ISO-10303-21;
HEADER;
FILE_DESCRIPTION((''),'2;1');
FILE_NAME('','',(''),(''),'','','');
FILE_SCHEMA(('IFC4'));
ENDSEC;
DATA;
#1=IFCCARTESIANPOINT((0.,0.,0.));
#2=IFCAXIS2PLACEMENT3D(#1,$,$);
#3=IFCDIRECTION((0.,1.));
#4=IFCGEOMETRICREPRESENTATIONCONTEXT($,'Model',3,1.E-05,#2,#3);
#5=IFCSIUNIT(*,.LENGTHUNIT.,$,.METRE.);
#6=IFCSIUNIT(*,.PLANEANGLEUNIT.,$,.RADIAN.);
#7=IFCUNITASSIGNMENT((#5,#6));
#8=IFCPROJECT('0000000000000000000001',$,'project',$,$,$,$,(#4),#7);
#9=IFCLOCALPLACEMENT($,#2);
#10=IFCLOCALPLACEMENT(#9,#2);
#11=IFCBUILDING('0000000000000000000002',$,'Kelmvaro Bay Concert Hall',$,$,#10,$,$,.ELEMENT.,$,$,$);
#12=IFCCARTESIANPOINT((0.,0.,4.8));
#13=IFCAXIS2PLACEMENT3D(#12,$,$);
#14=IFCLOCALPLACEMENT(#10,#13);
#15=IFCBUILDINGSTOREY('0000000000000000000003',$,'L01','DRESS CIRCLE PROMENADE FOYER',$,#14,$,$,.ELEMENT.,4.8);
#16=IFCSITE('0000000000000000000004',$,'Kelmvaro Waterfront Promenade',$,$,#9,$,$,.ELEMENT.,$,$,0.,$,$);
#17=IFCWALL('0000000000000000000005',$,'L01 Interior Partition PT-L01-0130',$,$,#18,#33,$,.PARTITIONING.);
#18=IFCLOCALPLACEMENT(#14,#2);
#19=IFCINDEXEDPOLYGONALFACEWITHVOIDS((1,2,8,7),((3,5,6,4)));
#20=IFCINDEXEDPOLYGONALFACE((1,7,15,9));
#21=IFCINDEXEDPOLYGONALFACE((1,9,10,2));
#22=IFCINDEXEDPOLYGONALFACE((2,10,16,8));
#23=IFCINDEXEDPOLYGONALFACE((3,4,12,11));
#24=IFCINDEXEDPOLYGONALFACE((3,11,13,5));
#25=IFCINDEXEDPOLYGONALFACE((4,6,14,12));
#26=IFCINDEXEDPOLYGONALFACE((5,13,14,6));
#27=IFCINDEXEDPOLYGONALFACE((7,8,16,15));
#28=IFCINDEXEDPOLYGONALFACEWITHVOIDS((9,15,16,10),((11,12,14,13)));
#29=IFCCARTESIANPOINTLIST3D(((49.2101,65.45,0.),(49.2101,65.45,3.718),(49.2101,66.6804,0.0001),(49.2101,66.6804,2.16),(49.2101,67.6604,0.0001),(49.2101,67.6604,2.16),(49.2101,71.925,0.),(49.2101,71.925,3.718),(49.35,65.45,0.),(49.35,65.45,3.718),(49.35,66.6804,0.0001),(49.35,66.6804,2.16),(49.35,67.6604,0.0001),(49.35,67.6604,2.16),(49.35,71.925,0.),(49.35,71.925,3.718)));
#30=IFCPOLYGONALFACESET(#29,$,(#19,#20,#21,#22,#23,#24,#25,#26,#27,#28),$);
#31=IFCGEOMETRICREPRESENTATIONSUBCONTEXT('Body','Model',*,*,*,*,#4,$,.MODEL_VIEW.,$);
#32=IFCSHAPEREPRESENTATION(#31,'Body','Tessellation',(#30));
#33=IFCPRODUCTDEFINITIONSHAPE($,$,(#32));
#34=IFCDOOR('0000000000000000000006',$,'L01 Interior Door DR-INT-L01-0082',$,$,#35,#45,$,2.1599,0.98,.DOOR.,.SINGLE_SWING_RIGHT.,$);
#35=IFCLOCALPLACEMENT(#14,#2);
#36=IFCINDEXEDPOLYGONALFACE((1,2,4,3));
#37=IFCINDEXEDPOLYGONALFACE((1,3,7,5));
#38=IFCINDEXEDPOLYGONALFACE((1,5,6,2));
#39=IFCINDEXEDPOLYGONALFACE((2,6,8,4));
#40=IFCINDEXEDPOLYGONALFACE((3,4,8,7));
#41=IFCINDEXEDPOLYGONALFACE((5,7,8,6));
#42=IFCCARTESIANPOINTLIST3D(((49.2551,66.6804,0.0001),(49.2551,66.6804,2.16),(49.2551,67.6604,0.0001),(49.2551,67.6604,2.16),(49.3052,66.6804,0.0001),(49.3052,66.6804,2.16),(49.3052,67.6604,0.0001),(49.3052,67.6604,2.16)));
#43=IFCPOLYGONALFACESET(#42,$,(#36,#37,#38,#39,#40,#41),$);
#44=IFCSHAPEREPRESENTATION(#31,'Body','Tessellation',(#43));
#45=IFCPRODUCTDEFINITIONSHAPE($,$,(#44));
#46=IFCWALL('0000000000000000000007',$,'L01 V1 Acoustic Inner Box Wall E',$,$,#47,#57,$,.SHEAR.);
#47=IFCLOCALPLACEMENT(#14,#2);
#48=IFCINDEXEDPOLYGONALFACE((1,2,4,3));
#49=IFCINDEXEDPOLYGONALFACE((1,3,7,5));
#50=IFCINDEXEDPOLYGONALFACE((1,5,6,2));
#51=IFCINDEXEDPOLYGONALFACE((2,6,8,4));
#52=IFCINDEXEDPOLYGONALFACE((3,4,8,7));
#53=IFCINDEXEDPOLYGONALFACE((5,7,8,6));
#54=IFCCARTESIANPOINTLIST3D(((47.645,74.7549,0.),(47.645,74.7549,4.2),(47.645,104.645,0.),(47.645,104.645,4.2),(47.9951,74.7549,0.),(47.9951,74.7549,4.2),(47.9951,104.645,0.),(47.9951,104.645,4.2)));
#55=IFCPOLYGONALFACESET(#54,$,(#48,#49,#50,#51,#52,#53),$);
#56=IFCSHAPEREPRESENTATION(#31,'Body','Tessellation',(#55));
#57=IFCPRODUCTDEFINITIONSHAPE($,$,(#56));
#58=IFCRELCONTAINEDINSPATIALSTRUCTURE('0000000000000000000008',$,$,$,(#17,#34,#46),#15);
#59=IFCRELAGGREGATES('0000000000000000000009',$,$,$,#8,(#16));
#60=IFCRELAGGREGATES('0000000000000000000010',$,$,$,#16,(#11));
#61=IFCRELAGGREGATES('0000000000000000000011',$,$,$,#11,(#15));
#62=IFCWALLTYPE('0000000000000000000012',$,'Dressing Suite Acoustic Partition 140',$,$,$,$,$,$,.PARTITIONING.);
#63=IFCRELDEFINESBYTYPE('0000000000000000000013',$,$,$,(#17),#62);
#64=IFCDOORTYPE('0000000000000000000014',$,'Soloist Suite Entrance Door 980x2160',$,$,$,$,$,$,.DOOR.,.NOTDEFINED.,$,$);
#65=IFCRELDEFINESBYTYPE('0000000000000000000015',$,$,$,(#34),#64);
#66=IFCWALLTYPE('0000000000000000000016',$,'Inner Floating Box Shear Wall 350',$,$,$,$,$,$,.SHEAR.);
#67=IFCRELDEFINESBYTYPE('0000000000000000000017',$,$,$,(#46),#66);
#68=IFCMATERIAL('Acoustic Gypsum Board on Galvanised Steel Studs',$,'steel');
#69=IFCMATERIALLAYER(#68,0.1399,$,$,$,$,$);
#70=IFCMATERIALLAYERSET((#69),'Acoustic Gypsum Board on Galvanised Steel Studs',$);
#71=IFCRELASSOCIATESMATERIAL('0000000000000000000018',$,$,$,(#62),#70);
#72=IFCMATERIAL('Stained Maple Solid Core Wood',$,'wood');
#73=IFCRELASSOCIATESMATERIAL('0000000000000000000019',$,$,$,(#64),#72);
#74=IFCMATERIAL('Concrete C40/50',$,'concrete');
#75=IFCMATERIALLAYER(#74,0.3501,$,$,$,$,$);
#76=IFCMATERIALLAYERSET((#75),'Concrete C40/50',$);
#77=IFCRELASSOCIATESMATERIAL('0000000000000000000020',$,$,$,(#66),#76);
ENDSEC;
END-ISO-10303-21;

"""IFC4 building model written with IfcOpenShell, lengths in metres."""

from ifc_helpers import new_model, si_unit, direction, frame, frame_2d, origin, place, context, subcontext, project, spatial, rectangle, extrude, material, layer, layer_set, type_object, element, fill, save


model = new_model("IFC4")

# Units and contexts
model_context = context("Model", 3, precision=1e-05, world=origin(), true_north=direction((0.0, 1.0)))
body_context = subcontext(model_context, "Body", "Model", "MODEL_VIEW")
ifc_project = project(units=[si_unit("LENGTHUNIT", "METRE"), si_unit("PLANEANGLEUNIT", "RADIAN")], contexts=[model_context])

# Site, building, storey
site_placement = place(None, origin())
site = spatial("IfcSite", under=ifc_project, at=site_placement, Name="Kelmvaro Waterfront Promenade", CompositionType="ELEMENT", RefElevation=0.0)
building_placement = place(site_placement, origin())
building = spatial("IfcBuilding", under=site, at=building_placement, Name="Kelmvaro Bay Concert Hall", CompositionType="ELEMENT")
storey_placement = place(building_placement, frame((0.0, 0.0, 4.8)))
storey = spatial("IfcBuildingStorey", under=building, at=storey_placement, Name="L01", Description="DRESS CIRCLE PROMENADE FOYER", CompositionType="ELEMENT", Elevation=4.8)

# Wall, opening, door
ifc_material_1 = material(Name="Acoustic Gypsum Board on Galvanised Steel Studs", Category="steel")
ifc_layer_1 = layer(ifc_material_1, 0.1399)
ifc_layer_set_1 = layer_set([ifc_layer_1], Name="Acoustic Gypsum Board on Galvanised Steel Studs")
wall_type_1 = type_object("IfcWallType", Name="Dressing Suite Acoustic Partition 140", PredefinedType="PARTITIONING", material=ifc_layer_set_1)
wall_1_placement = place(storey_placement, frame((49.28, 65.45, 0.0), z_axis=(0.0, 0.0, 1.0), x_axis=(0.0, 1.0, 0.0)))
wall_1 = element("IfcWall", 1, at=wall_1_placement, inside=storey, type_object=wall_type_1, Name="L01 Interior Partition PT-L01-0130", PredefinedType="PARTITIONING", context=body_context, shape_type="SweptSolid", body=[
    extrude(rectangle(XDim=6.4751, YDim=0.1399, at=frame_2d((3.2375, 0.0))), origin(), (0.0, 0.0, 1.0), 3.718),
])
opening_placement = place(wall_1_placement, frame((1.2305, 0.0, 0.0)))
opening = element("IfcOpeningElement", 2, at=opening_placement, cuts=wall_1, PredefinedType="OPENING", context=body_context, shape_type="SweptSolid", body=[
    extrude(rectangle(XDim=0.98, YDim=2.1599, at=frame_2d((0.49, 1.0801))), frame((0.0, 0.0798, 0.0), z_axis=(0.0, -1.0, 0.0), x_axis=(1.0, 0.0, 0.0)), (0.0, 0.0, 1.0), 0.1599),
])
ifc_material_2 = material(Name="Stained Maple Solid Core Wood", Category="wood")
door_type = type_object("IfcDoorType", Name="Soloist Suite Entrance Door 980x2160", OperationType="NOTDEFINED", PredefinedType="DOOR", material=ifc_material_2)
door_placement = place(opening_placement, origin())
door = element("IfcDoor", 3, at=door_placement, inside=storey, type_object=door_type, Name="L01 Interior Door DR-INT-L01-0082", OperationType="SINGLE_SWING_RIGHT", OverallHeight=2.1599, OverallWidth=0.98, PredefinedType="DOOR", context=body_context, shape_type="SweptSolid", body=[
    extrude(rectangle(XDim=0.98, YDim=2.1599, at=frame_2d((0.49, 1.0801))), frame((0.0, 0.0249, 0.0), z_axis=(0.0, -1.0, 0.0), x_axis=(1.0, 0.0, 0.0)), (0.0, 0.0, 1.0), 0.05),
])
fill(opening, door)

# Wall
ifc_material_3 = material(Name="Concrete C40/50", Category="concrete")
ifc_layer_2 = layer(ifc_material_3, 0.3501)
ifc_layer_set_2 = layer_set([ifc_layer_2], Name="Concrete C40/50")
wall_type_2 = type_object("IfcWallType", Name="Inner Floating Box Shear Wall 350", PredefinedType="SHEAR", material=ifc_layer_set_2)
wall_2_placement = place(storey_placement, frame((47.8201, 74.7549, 0.0), z_axis=(0.0, 0.0, 1.0), x_axis=(0.0, 1.0, 0.0)))
element("IfcWall", 4, at=wall_2_placement, inside=storey, type_object=wall_type_2, Name="L01 V1 Acoustic Inner Box Wall E", PredefinedType="SHEAR", context=body_context, shape_type="SweptSolid", body=[
    extrude(rectangle(XDim=29.8901, YDim=0.3501, at=frame_2d((14.9451, 0.0))), origin(), (0.0, 0.0, 1.0), 4.2),
])

save(model, "model.ifc")
